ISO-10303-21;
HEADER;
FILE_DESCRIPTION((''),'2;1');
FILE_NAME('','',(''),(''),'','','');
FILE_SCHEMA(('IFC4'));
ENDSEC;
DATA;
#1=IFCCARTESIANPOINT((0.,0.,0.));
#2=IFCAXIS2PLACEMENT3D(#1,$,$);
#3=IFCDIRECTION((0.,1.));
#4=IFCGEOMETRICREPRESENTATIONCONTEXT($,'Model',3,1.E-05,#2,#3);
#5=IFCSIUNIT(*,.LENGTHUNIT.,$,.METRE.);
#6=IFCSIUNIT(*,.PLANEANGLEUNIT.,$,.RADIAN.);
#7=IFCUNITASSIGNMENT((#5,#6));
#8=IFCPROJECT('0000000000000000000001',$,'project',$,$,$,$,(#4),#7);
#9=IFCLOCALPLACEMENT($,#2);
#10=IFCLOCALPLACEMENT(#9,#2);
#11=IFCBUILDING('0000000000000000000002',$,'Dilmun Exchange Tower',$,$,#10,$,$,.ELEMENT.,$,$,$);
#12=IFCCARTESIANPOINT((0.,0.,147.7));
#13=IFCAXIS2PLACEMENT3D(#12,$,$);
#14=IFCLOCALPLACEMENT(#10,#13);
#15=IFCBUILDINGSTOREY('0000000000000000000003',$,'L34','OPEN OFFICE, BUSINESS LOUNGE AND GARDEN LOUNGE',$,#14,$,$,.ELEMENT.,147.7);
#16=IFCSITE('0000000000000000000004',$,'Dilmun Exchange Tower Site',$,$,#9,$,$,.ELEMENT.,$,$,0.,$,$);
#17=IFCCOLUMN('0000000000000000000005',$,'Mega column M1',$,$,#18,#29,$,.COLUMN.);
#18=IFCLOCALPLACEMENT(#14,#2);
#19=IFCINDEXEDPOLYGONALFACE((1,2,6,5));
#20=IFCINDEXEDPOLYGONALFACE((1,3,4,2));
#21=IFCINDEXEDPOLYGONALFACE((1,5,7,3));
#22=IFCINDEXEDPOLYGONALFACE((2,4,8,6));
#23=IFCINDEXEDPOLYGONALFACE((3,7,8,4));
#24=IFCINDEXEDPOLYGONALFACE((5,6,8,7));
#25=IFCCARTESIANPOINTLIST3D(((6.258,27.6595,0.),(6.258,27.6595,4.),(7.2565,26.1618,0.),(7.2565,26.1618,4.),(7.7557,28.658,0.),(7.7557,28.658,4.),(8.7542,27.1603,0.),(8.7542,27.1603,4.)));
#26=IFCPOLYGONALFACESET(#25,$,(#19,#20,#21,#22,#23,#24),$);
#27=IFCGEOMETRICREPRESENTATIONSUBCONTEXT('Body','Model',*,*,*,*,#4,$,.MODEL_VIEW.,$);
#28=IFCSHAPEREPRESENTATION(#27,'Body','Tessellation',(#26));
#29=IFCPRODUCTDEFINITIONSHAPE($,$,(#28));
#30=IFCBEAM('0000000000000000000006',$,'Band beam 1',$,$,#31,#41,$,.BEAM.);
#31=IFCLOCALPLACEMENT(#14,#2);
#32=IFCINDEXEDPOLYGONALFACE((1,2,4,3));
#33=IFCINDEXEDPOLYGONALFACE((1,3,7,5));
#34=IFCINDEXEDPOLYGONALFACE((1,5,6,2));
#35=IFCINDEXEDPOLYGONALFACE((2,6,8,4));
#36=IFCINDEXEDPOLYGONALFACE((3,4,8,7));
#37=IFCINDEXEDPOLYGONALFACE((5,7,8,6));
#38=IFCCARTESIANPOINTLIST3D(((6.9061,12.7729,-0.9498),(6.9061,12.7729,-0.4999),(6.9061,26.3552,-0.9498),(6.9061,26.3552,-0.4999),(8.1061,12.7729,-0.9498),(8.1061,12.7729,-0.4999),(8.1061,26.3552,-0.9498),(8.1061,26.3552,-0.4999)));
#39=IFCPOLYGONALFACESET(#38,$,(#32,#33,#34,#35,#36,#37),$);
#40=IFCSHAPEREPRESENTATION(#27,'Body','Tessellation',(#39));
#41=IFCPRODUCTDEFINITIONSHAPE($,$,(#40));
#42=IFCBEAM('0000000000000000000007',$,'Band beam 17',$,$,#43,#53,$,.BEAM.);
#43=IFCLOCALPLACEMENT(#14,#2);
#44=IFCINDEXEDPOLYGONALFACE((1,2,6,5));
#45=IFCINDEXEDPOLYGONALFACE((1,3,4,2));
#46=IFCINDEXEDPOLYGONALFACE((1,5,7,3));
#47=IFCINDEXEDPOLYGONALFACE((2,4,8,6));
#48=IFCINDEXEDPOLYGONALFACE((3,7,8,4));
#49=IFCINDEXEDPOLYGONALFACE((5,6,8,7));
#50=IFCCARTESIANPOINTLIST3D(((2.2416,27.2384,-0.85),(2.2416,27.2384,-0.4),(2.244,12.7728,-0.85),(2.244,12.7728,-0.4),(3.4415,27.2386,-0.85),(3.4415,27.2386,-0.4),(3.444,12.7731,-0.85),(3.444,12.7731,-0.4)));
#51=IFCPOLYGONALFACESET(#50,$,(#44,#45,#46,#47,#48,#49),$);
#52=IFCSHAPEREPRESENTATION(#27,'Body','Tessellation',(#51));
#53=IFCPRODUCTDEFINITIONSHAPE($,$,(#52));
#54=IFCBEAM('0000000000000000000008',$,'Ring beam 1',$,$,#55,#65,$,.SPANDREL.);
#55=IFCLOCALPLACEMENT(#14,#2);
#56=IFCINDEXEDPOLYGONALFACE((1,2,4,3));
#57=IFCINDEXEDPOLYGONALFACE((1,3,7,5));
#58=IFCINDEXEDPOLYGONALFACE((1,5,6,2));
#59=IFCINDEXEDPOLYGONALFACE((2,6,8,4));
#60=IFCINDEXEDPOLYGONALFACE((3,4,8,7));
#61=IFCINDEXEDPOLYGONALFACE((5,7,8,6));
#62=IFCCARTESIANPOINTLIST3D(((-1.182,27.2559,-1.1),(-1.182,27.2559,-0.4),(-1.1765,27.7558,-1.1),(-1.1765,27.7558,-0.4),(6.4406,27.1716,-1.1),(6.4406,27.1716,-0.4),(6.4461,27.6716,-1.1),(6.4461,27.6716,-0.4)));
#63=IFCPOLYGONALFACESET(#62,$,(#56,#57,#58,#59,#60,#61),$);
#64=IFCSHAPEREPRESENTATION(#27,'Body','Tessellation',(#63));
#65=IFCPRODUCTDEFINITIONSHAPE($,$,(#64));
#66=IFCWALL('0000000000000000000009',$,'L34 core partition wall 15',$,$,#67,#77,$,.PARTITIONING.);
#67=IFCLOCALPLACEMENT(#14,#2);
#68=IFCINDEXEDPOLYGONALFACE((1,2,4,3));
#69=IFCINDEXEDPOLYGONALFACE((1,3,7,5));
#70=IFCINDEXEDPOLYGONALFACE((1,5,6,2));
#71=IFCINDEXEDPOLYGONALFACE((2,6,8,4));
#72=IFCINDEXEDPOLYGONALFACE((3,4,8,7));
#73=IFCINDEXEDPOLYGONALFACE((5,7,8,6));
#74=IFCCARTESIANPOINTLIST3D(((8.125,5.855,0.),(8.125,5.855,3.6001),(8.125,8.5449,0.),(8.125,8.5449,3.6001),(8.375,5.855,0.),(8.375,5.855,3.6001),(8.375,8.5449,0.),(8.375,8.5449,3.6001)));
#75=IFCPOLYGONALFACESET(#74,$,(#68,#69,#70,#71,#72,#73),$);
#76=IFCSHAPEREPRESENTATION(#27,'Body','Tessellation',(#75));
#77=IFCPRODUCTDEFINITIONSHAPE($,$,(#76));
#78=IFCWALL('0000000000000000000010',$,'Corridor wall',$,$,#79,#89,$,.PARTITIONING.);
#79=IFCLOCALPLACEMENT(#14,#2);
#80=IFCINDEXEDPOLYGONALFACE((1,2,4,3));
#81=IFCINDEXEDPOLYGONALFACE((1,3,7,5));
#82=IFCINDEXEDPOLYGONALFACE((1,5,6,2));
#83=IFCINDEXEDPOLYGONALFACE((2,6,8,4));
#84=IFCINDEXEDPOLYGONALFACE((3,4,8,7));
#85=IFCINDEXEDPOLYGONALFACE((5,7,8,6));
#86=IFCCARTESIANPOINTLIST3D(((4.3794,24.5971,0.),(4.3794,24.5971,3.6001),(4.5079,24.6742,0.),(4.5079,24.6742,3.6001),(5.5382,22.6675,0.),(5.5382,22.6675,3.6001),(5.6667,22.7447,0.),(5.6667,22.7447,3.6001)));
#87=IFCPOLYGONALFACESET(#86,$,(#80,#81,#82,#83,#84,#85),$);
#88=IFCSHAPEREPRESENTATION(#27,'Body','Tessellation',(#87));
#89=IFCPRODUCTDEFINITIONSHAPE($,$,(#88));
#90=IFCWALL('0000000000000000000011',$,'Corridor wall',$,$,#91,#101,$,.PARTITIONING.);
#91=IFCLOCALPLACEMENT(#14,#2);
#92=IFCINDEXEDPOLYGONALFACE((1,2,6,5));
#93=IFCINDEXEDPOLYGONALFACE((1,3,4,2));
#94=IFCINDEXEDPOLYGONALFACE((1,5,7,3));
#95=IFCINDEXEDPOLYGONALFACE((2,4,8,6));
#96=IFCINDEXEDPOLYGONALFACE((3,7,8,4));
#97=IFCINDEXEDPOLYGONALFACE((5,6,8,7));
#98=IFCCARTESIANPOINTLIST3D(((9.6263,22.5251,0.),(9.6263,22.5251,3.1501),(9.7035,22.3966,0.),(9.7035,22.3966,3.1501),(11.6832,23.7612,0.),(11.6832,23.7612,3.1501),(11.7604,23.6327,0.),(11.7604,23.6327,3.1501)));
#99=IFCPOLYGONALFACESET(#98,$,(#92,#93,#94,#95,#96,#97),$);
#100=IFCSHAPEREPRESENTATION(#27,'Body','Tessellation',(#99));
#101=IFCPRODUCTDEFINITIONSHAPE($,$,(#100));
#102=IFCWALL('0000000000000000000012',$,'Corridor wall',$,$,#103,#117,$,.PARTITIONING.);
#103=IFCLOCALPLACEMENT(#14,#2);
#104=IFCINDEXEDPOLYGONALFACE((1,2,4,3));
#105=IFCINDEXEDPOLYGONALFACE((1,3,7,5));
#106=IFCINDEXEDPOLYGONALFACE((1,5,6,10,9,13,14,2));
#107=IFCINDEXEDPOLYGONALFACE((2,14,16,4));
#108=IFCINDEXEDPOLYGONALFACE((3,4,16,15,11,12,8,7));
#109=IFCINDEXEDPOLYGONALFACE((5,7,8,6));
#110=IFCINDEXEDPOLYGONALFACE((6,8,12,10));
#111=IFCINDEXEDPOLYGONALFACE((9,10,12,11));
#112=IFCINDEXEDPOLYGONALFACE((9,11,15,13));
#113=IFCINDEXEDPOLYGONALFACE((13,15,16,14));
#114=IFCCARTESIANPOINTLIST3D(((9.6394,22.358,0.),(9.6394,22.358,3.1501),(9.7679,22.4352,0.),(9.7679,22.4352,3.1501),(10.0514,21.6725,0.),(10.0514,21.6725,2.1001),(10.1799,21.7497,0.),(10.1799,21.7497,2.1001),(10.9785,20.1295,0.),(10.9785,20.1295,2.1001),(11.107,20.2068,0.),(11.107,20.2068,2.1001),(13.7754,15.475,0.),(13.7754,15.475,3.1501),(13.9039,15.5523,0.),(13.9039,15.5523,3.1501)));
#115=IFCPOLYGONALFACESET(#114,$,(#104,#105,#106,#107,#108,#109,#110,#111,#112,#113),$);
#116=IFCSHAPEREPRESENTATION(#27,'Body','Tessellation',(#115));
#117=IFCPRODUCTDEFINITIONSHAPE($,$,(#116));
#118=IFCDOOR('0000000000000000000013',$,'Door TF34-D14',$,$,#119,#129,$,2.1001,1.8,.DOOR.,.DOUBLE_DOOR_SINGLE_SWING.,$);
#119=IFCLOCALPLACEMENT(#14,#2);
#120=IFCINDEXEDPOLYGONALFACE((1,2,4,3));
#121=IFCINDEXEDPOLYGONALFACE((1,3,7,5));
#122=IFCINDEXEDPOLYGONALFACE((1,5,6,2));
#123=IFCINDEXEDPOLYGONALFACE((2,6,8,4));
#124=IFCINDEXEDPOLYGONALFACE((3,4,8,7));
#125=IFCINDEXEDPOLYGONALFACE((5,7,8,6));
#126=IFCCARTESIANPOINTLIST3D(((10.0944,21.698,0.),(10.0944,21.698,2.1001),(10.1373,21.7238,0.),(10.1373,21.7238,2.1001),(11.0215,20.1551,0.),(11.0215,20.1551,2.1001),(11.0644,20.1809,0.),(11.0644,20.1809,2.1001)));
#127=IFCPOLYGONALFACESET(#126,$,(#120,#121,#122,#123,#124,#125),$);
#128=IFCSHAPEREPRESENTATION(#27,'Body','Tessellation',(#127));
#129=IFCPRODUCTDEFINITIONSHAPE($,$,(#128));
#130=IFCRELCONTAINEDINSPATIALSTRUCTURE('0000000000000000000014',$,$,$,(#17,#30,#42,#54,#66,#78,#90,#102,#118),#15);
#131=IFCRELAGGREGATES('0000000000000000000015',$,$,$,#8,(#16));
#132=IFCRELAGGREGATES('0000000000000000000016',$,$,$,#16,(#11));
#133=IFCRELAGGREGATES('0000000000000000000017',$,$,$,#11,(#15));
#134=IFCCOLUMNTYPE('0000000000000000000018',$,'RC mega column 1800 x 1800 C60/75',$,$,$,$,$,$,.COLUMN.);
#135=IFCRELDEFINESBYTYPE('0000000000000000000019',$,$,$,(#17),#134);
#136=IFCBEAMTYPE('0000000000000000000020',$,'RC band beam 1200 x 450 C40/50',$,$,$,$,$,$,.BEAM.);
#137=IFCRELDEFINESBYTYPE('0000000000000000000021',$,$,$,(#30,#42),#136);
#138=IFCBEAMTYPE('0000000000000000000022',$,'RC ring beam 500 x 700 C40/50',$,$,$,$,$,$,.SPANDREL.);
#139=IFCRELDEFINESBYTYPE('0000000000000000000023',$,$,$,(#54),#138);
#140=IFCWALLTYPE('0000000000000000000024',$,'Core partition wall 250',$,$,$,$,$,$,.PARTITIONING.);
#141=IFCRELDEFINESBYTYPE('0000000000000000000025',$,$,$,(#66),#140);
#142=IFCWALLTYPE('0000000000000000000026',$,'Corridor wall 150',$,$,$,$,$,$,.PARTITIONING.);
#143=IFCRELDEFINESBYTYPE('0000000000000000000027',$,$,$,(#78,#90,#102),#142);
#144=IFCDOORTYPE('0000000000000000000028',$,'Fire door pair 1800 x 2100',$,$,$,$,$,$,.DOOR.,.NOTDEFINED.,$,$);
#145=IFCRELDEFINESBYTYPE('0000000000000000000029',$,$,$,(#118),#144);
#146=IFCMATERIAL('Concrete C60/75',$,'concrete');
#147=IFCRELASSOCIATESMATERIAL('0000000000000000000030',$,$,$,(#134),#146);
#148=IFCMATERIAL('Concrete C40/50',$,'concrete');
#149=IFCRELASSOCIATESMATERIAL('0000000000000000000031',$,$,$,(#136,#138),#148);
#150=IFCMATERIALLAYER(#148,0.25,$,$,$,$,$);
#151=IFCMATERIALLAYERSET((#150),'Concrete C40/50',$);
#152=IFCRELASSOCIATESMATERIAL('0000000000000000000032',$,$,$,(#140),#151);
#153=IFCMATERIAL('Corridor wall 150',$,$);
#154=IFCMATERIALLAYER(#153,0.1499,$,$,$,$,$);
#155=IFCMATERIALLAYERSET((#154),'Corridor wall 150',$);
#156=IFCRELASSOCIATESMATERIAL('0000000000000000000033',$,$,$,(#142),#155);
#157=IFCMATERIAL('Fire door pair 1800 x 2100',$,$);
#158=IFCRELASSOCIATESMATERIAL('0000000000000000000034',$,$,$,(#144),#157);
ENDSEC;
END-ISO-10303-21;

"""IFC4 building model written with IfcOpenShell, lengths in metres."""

from ifc_helpers import new_model, si_unit, direction, frame, frame_2d, origin, origin_2d, place, context, subcontext, project, spatial, rectangle, extrude, material, layer, layer_set, material_profile, profile_set, type_object, element, fill, save


model = new_model("IFC4")

# Units and contexts
model_context = context("Model", 3, precision=1e-05, world=origin(), true_north=direction((0.0, 1.0)))
body_context = subcontext(model_context, "Body", "Model", "MODEL_VIEW")
ifc_project = project(units=[si_unit("LENGTHUNIT", "METRE"), si_unit("PLANEANGLEUNIT", "RADIAN")], contexts=[model_context])

# Site, building, storey
site_placement = place(None, origin())
site = spatial("IfcSite", under=ifc_project, at=site_placement, Name="Dilmun Exchange Tower Site", CompositionType="ELEMENT", RefElevation=0.0)
building_placement = place(site_placement, origin())
building = spatial("IfcBuilding", under=site, at=building_placement, Name="Dilmun Exchange Tower", CompositionType="ELEMENT")
storey_placement = place(building_placement, frame((0.0, 0.0, 147.7)))
storey = spatial("IfcBuildingStorey", under=building, at=storey_placement, Name="L34", Description="OPEN OFFICE, BUSINESS LOUNGE AND GARDEN LOUNGE", CompositionType="ELEMENT", Elevation=147.7)

# Column
ifc_material_1 = material(Name="Concrete C60/75", Category="concrete")
ifc_material_profile_1 = material_profile(ifc_material_1, rectangle(XDim=1.8, YDim=1.8, at=origin_2d()), Name="1800 x 1800")
ifc_profile_set_1 = profile_set([ifc_material_profile_1], Name="Concrete C60/75")
column_type = type_object("IfcColumnType", Name="RC mega column 1800 x 1800 C60/75", PredefinedType="COLUMN", material=ifc_profile_set_1)
column_placement = place(storey_placement, frame((7.5061, 27.4099, 0.0), z_axis=(0.0, 0.0, 1.0), x_axis=(0.832029, 0.554733, 0.0)))
element("IfcColumn", 1, at=column_placement, inside=storey, type_object=column_type, Name="Mega column M1", PredefinedType="COLUMN", context=body_context, shape_type="SweptSolid", body=[
    extrude(rectangle(XDim=1.8, YDim=1.8, at=origin_2d()), origin(), (0.0, 0.0, 1.0), 4.0),
])

# Beams
ifc_material_2 = material(Name="Concrete C40/50", Category="concrete")
ifc_material_profile_2 = material_profile(ifc_material_2, rectangle(XDim=1.2, YDim=0.45, at=origin_2d()), Name="1200 x 450")
ifc_profile_set_2 = profile_set([ifc_material_profile_2], Name="Concrete C40/50")
beam_type_1 = type_object("IfcBeamType", Name="RC band beam 1200 x 450 C40/50", PredefinedType="BEAM", material=ifc_profile_set_2)
beam_1_placement = place(storey_placement, frame((7.5061, 26.3552, -0.7249), z_axis=(0.0, -1.0, 0.0), x_axis=(1.0, 0.0, 0.0)))
element("IfcBeam", 2, at=beam_1_placement, inside=storey, type_object=beam_type_1, Name="Band beam 1", PredefinedType="BEAM", context=body_context, shape_type="SweptSolid", body=[
    extrude(rectangle(XDim=1.2, YDim=0.45, at=origin_2d()), origin(), (0.0, 0.0, 1.0), 13.5823),
])
beam_2_placement = place(storey_placement, frame((2.8416, 27.2385, -0.625), z_axis=(0.000169, -1.0, 0.0), x_axis=(1.0, 0.000169, 0.0)))
element("IfcBeam", 3, at=beam_2_placement, inside=storey, type_object=beam_type_1, Name="Band beam 17", PredefinedType="BEAM", context=body_context, shape_type="SweptSolid", body=[
    extrude(rectangle(XDim=1.2, YDim=0.45, at=origin_2d()), origin(), (0.0, 0.0, 1.0), 14.4656),
])
ifc_material_profile_3 = material_profile(ifc_material_2, rectangle(XDim=0.5, YDim=0.7, at=origin_2d()), Name="500 x 700")
ifc_profile_set_3 = profile_set([ifc_material_profile_3], Name="Concrete C40/50")
beam_type_2 = type_object("IfcBeamType", Name="RC ring beam 500 x 700 C40/50", PredefinedType="SPANDREL", material=ifc_profile_set_3)
beam_3_placement = place(storey_placement, frame((6.4434, 27.4216, -0.75), z_axis=(-0.999939, 0.011049, 0.0), x_axis=(-0.011049, -0.999939, 0.0)))
element("IfcBeam", 4, at=beam_3_placement, inside=storey, type_object=beam_type_2, Name="Ring beam 1", PredefinedType="SPANDREL", context=body_context, shape_type="SweptSolid", body=[
    extrude(rectangle(XDim=0.5, YDim=0.7, at=origin_2d()), origin(), (0.0, 0.0, 1.0), 7.623),
])

# Walls
ifc_layer_1 = layer(ifc_material_2, 0.25)
ifc_layer_set_1 = layer_set([ifc_layer_1], Name="Concrete C40/50")
wall_type_1 = type_object("IfcWallType", Name="Core partition wall 250", PredefinedType="PARTITIONING", material=ifc_layer_set_1)
wall_1_placement = place(storey_placement, frame((8.25, 5.855, 0.0), z_axis=(0.0, 0.0, 1.0), x_axis=(0.0, 1.0, 0.0)))
element("IfcWall", 5, at=wall_1_placement, inside=storey, type_object=wall_type_1, Name="L34 core partition wall 15", PredefinedType="PARTITIONING", context=body_context, shape_type="SweptSolid", body=[
    extrude(rectangle(XDim=2.6899, YDim=0.25, at=frame_2d((1.345, 0.0))), origin(), (0.0, 0.0, 1.0), 3.6001),
])
ifc_material_3 = material(Name="Corridor wall 150")
ifc_layer_2 = layer(ifc_material_3, 0.1499)
ifc_layer_set_2 = layer_set([ifc_layer_2], Name="Corridor wall 150")
wall_type_2 = type_object("IfcWallType", Name="Corridor wall 150", PredefinedType="PARTITIONING", material=ifc_layer_set_2)
wall_2_placement = place(storey_placement, frame((4.4436, 24.6357, 0.0), z_axis=(0.0, 0.0, 1.0), x_axis=(0.514831, -0.857292, 0.0)))
element("IfcWall", 6, at=wall_2_placement, inside=storey, type_object=wall_type_2, Name="Corridor wall", PredefinedType="PARTITIONING", context=body_context, shape_type="SweptSolid", body=[
    extrude(rectangle(XDim=2.2507, YDim=0.1499, at=frame_2d((1.1255, 0.0))), origin(), (0.0, 0.0, 1.0), 3.6001),
])
wall_3_placement = place(storey_placement, frame((9.665, 22.4609, 0.0), z_axis=(0.0, 0.0, 1.0), x_axis=(0.857134, 0.515094, 0.0)))
element("IfcWall", 7, at=wall_3_placement, inside=storey, type_object=wall_type_2, Name="Corridor wall", PredefinedType="PARTITIONING", context=body_context, shape_type="SweptSolid", body=[
    extrude(rectangle(XDim=2.3997, YDim=0.1499, at=frame_2d((1.1997, 0.0))), origin(), (0.0, 0.0, 1.0), 3.1501),
])

# Wall, opening, door
wall_4_placement = place(storey_placement, frame((9.7036, 22.3967, 0.0), z_axis=(0.0, 0.0, 1.0), x_axis=(0.515059, -0.857155, 0.0)))
wall_4 = element("IfcWall", 8, at=wall_4_placement, inside=storey, type_object=wall_type_2, Name="Corridor wall", PredefinedType="PARTITIONING", context=body_context, shape_type="SweptSolid", body=[
    extrude(rectangle(XDim=8.03, YDim=0.1499, at=frame_2d((4.0151, 0.0))), origin(), (0.0, 0.0, 1.0), 3.1501),
])
opening_1_placement = place(wall_4_placement, frame((0.8, 0.0, 0.0)))
opening_1 = element("IfcOpeningElement", 9, at=opening_1_placement, cuts=wall_4, PredefinedType="OPENING", context=body_context, shape_type="SweptSolid", body=[
    extrude(rectangle(XDim=1.8, YDim=2.1001, at=frame_2d((0.8999, 1.05))), frame((0.0, 0.085, 0.0), z_axis=(0.0, -1.0, 0.0), x_axis=(1.0, 0.0, 0.0)), (0.0, 0.0, 1.0), 0.1699),
])
ifc_material_4 = material(Name="Fire door pair 1800 x 2100")
door_type_1 = type_object("IfcDoorType", Name="Fire door pair 1800 x 2100", OperationType="NOTDEFINED", PredefinedType="DOOR", material=ifc_material_4)
door_1_placement = place(opening_1_placement, frame((1.8, 0.0, 0.0), z_axis=(0.0, 0.0, 1.0), x_axis=(-1.0, 0.0, 0.0)))
door_1 = element("IfcDoor", 10, at=door_1_placement, inside=storey, type_object=door_type_1, Name="Door TF34-D14", OperationType="DOUBLE_DOOR_SINGLE_SWING", OverallHeight=2.1001, OverallWidth=1.8, PredefinedType="DOOR", context=body_context, shape_type="SweptSolid", body=[
    extrude(rectangle(XDim=1.8, YDim=2.1001, at=frame_2d((0.8999, 1.05))), frame((0.0, 0.0249, 0.0), z_axis=(0.0, -1.0, 0.0), x_axis=(1.0, 0.0, 0.0)), (0.0, 0.0, 1.0), 0.05),
])
fill(opening_1, door_1)

save(model, "model.ifc")
